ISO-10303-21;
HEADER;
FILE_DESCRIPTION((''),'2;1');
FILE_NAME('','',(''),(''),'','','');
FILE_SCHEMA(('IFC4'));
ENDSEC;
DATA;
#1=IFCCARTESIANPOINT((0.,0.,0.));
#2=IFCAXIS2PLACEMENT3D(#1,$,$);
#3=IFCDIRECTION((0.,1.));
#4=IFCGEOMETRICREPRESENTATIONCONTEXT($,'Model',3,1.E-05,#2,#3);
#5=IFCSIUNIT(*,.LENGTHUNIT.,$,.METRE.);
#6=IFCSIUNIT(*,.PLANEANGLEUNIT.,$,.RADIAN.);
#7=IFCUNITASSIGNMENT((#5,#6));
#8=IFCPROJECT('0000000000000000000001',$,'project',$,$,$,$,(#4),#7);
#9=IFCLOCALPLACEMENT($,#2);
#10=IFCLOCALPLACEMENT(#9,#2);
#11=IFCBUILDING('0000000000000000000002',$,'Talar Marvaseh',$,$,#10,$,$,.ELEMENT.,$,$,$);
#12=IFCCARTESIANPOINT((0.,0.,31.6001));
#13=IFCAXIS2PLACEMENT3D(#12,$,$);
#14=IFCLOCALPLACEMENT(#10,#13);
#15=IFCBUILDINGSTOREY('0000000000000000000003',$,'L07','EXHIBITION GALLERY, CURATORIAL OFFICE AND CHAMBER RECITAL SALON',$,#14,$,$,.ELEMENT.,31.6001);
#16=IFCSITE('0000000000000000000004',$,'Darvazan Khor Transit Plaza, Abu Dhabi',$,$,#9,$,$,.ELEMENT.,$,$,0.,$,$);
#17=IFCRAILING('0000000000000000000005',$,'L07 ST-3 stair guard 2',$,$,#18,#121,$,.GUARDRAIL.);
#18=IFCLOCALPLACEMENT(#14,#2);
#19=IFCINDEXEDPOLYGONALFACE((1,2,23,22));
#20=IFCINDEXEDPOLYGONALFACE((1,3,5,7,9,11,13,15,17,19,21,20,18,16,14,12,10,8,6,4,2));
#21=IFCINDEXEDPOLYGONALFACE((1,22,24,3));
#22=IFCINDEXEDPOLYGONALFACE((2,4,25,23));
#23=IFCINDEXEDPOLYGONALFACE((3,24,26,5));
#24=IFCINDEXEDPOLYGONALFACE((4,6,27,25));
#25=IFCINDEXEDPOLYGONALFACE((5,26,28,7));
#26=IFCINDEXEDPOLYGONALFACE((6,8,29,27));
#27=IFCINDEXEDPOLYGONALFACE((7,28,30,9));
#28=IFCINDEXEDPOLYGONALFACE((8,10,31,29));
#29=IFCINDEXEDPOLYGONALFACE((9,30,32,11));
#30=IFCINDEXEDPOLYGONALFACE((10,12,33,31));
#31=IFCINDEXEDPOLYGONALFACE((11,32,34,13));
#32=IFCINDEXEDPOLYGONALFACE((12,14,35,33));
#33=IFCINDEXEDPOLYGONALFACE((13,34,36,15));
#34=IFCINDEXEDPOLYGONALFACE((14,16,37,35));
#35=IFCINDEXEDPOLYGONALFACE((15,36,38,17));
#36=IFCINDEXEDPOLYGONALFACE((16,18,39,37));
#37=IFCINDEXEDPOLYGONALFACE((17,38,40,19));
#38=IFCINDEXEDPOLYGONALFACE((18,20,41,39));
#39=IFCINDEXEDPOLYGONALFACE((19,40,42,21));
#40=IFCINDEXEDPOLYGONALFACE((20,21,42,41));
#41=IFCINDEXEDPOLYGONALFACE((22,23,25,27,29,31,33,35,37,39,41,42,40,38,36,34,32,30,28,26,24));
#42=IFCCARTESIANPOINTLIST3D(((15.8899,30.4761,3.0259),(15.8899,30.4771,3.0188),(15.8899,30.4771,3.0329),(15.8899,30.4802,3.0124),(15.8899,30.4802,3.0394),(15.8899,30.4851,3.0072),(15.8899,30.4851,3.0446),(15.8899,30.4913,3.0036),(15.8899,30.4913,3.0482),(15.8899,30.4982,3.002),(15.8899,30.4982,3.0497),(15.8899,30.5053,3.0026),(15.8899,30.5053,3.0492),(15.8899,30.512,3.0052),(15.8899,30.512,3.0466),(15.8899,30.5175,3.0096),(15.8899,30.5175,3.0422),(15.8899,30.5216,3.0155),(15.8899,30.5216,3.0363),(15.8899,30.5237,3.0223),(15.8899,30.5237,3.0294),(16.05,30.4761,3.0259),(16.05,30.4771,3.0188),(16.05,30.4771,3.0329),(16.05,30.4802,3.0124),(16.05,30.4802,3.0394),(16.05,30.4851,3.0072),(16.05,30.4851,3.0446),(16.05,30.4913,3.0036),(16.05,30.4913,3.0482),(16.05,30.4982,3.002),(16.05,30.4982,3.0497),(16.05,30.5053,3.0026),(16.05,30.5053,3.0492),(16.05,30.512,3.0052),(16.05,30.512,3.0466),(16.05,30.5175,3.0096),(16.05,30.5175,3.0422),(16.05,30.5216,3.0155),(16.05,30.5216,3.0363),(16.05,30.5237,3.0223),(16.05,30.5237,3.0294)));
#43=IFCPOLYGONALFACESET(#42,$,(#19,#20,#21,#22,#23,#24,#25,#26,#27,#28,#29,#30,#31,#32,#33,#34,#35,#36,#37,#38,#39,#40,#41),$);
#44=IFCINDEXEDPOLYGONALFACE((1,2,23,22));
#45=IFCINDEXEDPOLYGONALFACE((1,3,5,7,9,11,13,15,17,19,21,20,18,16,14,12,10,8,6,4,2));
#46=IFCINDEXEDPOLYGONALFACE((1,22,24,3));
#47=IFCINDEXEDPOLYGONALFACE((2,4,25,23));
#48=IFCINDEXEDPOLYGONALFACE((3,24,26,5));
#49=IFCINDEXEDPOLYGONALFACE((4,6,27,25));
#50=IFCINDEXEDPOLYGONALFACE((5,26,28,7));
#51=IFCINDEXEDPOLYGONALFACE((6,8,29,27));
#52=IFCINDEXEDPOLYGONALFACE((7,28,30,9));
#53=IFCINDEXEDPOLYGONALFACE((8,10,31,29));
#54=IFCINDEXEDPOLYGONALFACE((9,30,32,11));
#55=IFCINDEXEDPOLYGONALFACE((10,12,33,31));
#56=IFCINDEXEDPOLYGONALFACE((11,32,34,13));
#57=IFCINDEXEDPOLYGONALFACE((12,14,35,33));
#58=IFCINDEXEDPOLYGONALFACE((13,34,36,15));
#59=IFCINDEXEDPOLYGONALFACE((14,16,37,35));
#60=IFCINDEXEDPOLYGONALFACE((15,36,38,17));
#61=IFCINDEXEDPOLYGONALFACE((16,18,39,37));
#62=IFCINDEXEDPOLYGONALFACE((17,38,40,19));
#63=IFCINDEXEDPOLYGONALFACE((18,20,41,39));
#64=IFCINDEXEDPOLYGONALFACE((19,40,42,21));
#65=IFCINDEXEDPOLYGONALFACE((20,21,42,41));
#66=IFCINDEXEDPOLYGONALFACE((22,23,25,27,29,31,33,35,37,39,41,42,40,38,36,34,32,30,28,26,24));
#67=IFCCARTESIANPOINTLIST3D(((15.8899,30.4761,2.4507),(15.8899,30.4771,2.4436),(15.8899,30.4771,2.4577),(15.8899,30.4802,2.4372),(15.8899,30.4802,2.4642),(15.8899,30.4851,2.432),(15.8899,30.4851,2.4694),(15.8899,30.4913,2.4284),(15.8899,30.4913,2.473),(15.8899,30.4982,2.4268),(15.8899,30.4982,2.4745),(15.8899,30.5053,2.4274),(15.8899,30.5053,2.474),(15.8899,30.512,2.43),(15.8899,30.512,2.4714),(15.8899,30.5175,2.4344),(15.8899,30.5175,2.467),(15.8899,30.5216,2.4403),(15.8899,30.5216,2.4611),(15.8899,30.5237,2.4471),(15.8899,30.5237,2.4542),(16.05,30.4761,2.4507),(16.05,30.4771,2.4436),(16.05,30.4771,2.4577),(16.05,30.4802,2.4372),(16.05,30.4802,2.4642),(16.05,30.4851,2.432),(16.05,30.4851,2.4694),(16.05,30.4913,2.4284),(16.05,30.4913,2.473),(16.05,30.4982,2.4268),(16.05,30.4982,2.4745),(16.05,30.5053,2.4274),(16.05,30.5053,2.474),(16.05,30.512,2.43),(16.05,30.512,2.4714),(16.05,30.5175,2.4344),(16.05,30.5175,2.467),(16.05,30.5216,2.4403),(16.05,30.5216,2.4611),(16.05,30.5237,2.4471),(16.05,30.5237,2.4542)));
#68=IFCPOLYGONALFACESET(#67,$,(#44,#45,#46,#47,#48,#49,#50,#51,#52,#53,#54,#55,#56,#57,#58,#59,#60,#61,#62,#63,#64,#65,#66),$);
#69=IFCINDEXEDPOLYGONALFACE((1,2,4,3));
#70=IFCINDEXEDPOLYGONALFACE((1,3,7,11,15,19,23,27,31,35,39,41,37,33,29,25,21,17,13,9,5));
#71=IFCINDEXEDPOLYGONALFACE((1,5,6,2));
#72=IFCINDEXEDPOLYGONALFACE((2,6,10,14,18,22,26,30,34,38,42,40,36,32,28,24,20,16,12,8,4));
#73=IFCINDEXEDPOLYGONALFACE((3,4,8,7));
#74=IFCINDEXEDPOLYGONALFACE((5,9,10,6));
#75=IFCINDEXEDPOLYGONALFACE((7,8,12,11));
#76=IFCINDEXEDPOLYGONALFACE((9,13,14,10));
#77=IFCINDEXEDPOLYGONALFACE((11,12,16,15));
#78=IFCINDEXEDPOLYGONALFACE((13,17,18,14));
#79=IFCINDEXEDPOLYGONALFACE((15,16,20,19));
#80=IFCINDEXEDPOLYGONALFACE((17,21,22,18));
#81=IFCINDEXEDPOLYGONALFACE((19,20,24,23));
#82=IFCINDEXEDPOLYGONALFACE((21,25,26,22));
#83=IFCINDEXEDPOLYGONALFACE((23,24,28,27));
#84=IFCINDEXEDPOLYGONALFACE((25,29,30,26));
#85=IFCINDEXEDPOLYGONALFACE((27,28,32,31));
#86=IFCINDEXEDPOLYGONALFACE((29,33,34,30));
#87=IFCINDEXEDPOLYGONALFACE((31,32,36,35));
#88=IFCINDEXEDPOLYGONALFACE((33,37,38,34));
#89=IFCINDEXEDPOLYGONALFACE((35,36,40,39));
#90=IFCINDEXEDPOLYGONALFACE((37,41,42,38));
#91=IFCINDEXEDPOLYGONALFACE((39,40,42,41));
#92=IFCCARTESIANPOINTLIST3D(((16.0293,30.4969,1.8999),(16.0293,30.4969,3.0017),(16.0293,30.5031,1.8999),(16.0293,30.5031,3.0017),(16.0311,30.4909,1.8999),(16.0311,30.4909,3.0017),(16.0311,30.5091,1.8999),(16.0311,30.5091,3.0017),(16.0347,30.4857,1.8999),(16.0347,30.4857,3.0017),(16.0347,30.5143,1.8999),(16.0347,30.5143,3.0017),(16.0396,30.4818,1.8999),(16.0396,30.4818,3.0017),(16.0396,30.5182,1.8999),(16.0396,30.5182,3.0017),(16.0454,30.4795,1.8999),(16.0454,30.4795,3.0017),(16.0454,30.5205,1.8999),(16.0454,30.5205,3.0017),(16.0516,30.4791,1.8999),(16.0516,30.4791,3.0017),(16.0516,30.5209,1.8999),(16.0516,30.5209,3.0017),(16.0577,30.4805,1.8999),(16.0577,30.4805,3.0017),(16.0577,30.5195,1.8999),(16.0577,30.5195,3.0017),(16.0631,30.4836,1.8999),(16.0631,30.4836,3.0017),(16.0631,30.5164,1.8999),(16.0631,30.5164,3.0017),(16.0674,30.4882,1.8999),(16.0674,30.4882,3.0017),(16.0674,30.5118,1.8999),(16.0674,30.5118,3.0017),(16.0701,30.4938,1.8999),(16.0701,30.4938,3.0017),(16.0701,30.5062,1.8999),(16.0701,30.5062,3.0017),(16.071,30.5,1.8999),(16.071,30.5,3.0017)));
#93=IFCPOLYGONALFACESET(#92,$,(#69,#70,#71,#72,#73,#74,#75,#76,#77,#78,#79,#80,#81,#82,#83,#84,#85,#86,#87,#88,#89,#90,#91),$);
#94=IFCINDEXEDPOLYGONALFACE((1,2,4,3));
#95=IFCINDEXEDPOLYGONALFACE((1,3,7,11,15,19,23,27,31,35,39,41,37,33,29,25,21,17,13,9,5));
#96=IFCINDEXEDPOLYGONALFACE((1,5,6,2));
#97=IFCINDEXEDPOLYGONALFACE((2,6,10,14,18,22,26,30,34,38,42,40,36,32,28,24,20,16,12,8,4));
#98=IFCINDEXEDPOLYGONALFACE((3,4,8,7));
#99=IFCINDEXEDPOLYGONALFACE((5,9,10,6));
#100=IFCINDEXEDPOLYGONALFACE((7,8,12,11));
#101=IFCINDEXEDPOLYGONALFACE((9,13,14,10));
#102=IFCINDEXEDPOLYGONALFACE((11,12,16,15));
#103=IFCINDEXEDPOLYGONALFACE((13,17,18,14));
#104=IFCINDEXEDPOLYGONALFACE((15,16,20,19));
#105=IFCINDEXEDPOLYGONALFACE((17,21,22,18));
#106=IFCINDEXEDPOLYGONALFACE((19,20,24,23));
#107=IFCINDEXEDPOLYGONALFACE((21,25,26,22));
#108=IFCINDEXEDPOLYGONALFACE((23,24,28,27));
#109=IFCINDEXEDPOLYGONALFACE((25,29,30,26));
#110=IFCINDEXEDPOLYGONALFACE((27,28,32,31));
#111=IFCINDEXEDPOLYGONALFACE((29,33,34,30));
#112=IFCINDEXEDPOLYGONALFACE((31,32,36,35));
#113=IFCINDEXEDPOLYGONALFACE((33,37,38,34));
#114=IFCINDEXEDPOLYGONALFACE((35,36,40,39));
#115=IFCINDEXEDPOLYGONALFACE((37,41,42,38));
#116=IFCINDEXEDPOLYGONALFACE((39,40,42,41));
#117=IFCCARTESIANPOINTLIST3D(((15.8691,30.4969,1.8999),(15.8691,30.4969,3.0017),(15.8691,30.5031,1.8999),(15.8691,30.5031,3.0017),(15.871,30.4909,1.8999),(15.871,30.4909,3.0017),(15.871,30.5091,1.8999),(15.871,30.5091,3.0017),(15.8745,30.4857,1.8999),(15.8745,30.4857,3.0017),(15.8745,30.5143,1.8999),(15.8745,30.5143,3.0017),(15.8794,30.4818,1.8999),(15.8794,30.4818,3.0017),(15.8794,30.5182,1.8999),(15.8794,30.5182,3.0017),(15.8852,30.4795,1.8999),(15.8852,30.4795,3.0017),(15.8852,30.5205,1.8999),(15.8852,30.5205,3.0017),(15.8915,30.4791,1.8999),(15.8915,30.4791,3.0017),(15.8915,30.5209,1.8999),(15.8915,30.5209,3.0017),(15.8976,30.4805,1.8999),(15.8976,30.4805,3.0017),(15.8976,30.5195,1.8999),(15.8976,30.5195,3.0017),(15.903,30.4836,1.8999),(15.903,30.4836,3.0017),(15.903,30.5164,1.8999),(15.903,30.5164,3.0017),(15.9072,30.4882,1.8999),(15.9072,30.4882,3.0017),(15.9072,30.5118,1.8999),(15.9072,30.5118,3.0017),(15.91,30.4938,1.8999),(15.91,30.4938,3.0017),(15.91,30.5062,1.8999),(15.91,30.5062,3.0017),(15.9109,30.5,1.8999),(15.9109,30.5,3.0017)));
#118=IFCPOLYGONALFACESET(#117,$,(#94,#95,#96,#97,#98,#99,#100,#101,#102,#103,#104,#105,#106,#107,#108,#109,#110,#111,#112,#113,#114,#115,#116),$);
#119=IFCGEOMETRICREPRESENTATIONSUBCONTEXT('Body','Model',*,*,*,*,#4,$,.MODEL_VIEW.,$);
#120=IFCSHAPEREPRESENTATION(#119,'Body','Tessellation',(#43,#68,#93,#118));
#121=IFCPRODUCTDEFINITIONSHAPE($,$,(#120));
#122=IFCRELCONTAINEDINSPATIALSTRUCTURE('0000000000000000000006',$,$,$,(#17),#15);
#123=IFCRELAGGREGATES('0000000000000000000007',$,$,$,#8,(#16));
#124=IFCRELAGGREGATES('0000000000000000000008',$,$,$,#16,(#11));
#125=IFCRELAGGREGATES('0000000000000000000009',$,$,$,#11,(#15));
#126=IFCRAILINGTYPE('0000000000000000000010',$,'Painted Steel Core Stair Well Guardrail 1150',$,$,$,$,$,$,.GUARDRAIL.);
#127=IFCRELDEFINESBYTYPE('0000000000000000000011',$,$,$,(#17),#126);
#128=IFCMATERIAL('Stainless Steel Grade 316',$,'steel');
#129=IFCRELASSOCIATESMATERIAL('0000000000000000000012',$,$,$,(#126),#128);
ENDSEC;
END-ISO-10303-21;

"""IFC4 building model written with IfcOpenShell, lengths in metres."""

from ifc_helpers import new_model, si_unit, direction, frame, origin, origin_2d, place, context, subcontext, project, spatial, circle, extrude, material, type_object, element, save


model = new_model("IFC4")

# Units and contexts
model_context = context("Model", 3, precision=1e-05, world=origin(), true_north=direction((0.0, 1.0)))
body_context = subcontext(model_context, "Body", "Model", "MODEL_VIEW")
ifc_project = project(units=[si_unit("LENGTHUNIT", "METRE"), si_unit("PLANEANGLEUNIT", "RADIAN")], contexts=[model_context])

# Site, building, storey
site_placement = place(None, origin())
site = spatial("IfcSite", under=ifc_project, at=site_placement, Name="Darvazan Khor Transit Plaza, Abu Dhabi", CompositionType="ELEMENT", RefElevation=0.0)
building_placement = place(site_placement, origin())
building = spatial("IfcBuilding", under=site, at=building_placement, Name="Talar Marvaseh", CompositionType="ELEMENT")
storey_placement = place(building_placement, frame((0.0, 0.0, 31.6001)))
storey = spatial("IfcBuildingStorey", under=building, at=storey_placement, Name="L07", Description="EXHIBITION GALLERY, CURATORIAL OFFICE AND CHAMBER RECITAL SALON", CompositionType="ELEMENT", Elevation=31.6001)

# Railing
ifc_material_1 = material(Name="Stainless Steel Grade 316", Category="steel")
railing_type_1 = type_object("IfcRailingType", Name="Painted Steel Core Stair Well Guardrail 1150", PredefinedType="GUARDRAIL", material=ifc_material_1)
railing_1_placement = place(storey_placement, frame((16.05, 30.5, 1.8999)))
element("IfcRailing", 1, at=railing_1_placement, inside=storey, type_object=railing_type_1, Name="L07 ST-3 stair guard 2", PredefinedType="GUARDRAIL", context=body_context, shape_type="SweptSolid", body=[
    extrude(circle(Radius=0.0239, at=origin_2d()), frame((0.0, 0.0, 1.126), z_axis=(-1.0, 0.0, 0.0), x_axis=(0.0, -1.0, 0.0)), (0.0, 0.0, 1.0), 0.1602),
    extrude(circle(Radius=0.0239, at=origin_2d()), frame((0.0, 0.0, 0.5508), z_axis=(-1.0, 0.0, 0.0), x_axis=(0.0, -1.0, 0.0)), (0.0, 0.0, 1.0), 0.1602),
    extrude(circle(Radius=0.021, at=origin_2d()), origin(), (0.0, 0.0, 1.0), 1.1018),
    extrude(circle(Radius=0.021, at=origin_2d()), frame((-0.1602, 0.0, 0.0)), (0.0, 0.0, 1.0), 1.1018),
])

save(model, "model.ifc")
